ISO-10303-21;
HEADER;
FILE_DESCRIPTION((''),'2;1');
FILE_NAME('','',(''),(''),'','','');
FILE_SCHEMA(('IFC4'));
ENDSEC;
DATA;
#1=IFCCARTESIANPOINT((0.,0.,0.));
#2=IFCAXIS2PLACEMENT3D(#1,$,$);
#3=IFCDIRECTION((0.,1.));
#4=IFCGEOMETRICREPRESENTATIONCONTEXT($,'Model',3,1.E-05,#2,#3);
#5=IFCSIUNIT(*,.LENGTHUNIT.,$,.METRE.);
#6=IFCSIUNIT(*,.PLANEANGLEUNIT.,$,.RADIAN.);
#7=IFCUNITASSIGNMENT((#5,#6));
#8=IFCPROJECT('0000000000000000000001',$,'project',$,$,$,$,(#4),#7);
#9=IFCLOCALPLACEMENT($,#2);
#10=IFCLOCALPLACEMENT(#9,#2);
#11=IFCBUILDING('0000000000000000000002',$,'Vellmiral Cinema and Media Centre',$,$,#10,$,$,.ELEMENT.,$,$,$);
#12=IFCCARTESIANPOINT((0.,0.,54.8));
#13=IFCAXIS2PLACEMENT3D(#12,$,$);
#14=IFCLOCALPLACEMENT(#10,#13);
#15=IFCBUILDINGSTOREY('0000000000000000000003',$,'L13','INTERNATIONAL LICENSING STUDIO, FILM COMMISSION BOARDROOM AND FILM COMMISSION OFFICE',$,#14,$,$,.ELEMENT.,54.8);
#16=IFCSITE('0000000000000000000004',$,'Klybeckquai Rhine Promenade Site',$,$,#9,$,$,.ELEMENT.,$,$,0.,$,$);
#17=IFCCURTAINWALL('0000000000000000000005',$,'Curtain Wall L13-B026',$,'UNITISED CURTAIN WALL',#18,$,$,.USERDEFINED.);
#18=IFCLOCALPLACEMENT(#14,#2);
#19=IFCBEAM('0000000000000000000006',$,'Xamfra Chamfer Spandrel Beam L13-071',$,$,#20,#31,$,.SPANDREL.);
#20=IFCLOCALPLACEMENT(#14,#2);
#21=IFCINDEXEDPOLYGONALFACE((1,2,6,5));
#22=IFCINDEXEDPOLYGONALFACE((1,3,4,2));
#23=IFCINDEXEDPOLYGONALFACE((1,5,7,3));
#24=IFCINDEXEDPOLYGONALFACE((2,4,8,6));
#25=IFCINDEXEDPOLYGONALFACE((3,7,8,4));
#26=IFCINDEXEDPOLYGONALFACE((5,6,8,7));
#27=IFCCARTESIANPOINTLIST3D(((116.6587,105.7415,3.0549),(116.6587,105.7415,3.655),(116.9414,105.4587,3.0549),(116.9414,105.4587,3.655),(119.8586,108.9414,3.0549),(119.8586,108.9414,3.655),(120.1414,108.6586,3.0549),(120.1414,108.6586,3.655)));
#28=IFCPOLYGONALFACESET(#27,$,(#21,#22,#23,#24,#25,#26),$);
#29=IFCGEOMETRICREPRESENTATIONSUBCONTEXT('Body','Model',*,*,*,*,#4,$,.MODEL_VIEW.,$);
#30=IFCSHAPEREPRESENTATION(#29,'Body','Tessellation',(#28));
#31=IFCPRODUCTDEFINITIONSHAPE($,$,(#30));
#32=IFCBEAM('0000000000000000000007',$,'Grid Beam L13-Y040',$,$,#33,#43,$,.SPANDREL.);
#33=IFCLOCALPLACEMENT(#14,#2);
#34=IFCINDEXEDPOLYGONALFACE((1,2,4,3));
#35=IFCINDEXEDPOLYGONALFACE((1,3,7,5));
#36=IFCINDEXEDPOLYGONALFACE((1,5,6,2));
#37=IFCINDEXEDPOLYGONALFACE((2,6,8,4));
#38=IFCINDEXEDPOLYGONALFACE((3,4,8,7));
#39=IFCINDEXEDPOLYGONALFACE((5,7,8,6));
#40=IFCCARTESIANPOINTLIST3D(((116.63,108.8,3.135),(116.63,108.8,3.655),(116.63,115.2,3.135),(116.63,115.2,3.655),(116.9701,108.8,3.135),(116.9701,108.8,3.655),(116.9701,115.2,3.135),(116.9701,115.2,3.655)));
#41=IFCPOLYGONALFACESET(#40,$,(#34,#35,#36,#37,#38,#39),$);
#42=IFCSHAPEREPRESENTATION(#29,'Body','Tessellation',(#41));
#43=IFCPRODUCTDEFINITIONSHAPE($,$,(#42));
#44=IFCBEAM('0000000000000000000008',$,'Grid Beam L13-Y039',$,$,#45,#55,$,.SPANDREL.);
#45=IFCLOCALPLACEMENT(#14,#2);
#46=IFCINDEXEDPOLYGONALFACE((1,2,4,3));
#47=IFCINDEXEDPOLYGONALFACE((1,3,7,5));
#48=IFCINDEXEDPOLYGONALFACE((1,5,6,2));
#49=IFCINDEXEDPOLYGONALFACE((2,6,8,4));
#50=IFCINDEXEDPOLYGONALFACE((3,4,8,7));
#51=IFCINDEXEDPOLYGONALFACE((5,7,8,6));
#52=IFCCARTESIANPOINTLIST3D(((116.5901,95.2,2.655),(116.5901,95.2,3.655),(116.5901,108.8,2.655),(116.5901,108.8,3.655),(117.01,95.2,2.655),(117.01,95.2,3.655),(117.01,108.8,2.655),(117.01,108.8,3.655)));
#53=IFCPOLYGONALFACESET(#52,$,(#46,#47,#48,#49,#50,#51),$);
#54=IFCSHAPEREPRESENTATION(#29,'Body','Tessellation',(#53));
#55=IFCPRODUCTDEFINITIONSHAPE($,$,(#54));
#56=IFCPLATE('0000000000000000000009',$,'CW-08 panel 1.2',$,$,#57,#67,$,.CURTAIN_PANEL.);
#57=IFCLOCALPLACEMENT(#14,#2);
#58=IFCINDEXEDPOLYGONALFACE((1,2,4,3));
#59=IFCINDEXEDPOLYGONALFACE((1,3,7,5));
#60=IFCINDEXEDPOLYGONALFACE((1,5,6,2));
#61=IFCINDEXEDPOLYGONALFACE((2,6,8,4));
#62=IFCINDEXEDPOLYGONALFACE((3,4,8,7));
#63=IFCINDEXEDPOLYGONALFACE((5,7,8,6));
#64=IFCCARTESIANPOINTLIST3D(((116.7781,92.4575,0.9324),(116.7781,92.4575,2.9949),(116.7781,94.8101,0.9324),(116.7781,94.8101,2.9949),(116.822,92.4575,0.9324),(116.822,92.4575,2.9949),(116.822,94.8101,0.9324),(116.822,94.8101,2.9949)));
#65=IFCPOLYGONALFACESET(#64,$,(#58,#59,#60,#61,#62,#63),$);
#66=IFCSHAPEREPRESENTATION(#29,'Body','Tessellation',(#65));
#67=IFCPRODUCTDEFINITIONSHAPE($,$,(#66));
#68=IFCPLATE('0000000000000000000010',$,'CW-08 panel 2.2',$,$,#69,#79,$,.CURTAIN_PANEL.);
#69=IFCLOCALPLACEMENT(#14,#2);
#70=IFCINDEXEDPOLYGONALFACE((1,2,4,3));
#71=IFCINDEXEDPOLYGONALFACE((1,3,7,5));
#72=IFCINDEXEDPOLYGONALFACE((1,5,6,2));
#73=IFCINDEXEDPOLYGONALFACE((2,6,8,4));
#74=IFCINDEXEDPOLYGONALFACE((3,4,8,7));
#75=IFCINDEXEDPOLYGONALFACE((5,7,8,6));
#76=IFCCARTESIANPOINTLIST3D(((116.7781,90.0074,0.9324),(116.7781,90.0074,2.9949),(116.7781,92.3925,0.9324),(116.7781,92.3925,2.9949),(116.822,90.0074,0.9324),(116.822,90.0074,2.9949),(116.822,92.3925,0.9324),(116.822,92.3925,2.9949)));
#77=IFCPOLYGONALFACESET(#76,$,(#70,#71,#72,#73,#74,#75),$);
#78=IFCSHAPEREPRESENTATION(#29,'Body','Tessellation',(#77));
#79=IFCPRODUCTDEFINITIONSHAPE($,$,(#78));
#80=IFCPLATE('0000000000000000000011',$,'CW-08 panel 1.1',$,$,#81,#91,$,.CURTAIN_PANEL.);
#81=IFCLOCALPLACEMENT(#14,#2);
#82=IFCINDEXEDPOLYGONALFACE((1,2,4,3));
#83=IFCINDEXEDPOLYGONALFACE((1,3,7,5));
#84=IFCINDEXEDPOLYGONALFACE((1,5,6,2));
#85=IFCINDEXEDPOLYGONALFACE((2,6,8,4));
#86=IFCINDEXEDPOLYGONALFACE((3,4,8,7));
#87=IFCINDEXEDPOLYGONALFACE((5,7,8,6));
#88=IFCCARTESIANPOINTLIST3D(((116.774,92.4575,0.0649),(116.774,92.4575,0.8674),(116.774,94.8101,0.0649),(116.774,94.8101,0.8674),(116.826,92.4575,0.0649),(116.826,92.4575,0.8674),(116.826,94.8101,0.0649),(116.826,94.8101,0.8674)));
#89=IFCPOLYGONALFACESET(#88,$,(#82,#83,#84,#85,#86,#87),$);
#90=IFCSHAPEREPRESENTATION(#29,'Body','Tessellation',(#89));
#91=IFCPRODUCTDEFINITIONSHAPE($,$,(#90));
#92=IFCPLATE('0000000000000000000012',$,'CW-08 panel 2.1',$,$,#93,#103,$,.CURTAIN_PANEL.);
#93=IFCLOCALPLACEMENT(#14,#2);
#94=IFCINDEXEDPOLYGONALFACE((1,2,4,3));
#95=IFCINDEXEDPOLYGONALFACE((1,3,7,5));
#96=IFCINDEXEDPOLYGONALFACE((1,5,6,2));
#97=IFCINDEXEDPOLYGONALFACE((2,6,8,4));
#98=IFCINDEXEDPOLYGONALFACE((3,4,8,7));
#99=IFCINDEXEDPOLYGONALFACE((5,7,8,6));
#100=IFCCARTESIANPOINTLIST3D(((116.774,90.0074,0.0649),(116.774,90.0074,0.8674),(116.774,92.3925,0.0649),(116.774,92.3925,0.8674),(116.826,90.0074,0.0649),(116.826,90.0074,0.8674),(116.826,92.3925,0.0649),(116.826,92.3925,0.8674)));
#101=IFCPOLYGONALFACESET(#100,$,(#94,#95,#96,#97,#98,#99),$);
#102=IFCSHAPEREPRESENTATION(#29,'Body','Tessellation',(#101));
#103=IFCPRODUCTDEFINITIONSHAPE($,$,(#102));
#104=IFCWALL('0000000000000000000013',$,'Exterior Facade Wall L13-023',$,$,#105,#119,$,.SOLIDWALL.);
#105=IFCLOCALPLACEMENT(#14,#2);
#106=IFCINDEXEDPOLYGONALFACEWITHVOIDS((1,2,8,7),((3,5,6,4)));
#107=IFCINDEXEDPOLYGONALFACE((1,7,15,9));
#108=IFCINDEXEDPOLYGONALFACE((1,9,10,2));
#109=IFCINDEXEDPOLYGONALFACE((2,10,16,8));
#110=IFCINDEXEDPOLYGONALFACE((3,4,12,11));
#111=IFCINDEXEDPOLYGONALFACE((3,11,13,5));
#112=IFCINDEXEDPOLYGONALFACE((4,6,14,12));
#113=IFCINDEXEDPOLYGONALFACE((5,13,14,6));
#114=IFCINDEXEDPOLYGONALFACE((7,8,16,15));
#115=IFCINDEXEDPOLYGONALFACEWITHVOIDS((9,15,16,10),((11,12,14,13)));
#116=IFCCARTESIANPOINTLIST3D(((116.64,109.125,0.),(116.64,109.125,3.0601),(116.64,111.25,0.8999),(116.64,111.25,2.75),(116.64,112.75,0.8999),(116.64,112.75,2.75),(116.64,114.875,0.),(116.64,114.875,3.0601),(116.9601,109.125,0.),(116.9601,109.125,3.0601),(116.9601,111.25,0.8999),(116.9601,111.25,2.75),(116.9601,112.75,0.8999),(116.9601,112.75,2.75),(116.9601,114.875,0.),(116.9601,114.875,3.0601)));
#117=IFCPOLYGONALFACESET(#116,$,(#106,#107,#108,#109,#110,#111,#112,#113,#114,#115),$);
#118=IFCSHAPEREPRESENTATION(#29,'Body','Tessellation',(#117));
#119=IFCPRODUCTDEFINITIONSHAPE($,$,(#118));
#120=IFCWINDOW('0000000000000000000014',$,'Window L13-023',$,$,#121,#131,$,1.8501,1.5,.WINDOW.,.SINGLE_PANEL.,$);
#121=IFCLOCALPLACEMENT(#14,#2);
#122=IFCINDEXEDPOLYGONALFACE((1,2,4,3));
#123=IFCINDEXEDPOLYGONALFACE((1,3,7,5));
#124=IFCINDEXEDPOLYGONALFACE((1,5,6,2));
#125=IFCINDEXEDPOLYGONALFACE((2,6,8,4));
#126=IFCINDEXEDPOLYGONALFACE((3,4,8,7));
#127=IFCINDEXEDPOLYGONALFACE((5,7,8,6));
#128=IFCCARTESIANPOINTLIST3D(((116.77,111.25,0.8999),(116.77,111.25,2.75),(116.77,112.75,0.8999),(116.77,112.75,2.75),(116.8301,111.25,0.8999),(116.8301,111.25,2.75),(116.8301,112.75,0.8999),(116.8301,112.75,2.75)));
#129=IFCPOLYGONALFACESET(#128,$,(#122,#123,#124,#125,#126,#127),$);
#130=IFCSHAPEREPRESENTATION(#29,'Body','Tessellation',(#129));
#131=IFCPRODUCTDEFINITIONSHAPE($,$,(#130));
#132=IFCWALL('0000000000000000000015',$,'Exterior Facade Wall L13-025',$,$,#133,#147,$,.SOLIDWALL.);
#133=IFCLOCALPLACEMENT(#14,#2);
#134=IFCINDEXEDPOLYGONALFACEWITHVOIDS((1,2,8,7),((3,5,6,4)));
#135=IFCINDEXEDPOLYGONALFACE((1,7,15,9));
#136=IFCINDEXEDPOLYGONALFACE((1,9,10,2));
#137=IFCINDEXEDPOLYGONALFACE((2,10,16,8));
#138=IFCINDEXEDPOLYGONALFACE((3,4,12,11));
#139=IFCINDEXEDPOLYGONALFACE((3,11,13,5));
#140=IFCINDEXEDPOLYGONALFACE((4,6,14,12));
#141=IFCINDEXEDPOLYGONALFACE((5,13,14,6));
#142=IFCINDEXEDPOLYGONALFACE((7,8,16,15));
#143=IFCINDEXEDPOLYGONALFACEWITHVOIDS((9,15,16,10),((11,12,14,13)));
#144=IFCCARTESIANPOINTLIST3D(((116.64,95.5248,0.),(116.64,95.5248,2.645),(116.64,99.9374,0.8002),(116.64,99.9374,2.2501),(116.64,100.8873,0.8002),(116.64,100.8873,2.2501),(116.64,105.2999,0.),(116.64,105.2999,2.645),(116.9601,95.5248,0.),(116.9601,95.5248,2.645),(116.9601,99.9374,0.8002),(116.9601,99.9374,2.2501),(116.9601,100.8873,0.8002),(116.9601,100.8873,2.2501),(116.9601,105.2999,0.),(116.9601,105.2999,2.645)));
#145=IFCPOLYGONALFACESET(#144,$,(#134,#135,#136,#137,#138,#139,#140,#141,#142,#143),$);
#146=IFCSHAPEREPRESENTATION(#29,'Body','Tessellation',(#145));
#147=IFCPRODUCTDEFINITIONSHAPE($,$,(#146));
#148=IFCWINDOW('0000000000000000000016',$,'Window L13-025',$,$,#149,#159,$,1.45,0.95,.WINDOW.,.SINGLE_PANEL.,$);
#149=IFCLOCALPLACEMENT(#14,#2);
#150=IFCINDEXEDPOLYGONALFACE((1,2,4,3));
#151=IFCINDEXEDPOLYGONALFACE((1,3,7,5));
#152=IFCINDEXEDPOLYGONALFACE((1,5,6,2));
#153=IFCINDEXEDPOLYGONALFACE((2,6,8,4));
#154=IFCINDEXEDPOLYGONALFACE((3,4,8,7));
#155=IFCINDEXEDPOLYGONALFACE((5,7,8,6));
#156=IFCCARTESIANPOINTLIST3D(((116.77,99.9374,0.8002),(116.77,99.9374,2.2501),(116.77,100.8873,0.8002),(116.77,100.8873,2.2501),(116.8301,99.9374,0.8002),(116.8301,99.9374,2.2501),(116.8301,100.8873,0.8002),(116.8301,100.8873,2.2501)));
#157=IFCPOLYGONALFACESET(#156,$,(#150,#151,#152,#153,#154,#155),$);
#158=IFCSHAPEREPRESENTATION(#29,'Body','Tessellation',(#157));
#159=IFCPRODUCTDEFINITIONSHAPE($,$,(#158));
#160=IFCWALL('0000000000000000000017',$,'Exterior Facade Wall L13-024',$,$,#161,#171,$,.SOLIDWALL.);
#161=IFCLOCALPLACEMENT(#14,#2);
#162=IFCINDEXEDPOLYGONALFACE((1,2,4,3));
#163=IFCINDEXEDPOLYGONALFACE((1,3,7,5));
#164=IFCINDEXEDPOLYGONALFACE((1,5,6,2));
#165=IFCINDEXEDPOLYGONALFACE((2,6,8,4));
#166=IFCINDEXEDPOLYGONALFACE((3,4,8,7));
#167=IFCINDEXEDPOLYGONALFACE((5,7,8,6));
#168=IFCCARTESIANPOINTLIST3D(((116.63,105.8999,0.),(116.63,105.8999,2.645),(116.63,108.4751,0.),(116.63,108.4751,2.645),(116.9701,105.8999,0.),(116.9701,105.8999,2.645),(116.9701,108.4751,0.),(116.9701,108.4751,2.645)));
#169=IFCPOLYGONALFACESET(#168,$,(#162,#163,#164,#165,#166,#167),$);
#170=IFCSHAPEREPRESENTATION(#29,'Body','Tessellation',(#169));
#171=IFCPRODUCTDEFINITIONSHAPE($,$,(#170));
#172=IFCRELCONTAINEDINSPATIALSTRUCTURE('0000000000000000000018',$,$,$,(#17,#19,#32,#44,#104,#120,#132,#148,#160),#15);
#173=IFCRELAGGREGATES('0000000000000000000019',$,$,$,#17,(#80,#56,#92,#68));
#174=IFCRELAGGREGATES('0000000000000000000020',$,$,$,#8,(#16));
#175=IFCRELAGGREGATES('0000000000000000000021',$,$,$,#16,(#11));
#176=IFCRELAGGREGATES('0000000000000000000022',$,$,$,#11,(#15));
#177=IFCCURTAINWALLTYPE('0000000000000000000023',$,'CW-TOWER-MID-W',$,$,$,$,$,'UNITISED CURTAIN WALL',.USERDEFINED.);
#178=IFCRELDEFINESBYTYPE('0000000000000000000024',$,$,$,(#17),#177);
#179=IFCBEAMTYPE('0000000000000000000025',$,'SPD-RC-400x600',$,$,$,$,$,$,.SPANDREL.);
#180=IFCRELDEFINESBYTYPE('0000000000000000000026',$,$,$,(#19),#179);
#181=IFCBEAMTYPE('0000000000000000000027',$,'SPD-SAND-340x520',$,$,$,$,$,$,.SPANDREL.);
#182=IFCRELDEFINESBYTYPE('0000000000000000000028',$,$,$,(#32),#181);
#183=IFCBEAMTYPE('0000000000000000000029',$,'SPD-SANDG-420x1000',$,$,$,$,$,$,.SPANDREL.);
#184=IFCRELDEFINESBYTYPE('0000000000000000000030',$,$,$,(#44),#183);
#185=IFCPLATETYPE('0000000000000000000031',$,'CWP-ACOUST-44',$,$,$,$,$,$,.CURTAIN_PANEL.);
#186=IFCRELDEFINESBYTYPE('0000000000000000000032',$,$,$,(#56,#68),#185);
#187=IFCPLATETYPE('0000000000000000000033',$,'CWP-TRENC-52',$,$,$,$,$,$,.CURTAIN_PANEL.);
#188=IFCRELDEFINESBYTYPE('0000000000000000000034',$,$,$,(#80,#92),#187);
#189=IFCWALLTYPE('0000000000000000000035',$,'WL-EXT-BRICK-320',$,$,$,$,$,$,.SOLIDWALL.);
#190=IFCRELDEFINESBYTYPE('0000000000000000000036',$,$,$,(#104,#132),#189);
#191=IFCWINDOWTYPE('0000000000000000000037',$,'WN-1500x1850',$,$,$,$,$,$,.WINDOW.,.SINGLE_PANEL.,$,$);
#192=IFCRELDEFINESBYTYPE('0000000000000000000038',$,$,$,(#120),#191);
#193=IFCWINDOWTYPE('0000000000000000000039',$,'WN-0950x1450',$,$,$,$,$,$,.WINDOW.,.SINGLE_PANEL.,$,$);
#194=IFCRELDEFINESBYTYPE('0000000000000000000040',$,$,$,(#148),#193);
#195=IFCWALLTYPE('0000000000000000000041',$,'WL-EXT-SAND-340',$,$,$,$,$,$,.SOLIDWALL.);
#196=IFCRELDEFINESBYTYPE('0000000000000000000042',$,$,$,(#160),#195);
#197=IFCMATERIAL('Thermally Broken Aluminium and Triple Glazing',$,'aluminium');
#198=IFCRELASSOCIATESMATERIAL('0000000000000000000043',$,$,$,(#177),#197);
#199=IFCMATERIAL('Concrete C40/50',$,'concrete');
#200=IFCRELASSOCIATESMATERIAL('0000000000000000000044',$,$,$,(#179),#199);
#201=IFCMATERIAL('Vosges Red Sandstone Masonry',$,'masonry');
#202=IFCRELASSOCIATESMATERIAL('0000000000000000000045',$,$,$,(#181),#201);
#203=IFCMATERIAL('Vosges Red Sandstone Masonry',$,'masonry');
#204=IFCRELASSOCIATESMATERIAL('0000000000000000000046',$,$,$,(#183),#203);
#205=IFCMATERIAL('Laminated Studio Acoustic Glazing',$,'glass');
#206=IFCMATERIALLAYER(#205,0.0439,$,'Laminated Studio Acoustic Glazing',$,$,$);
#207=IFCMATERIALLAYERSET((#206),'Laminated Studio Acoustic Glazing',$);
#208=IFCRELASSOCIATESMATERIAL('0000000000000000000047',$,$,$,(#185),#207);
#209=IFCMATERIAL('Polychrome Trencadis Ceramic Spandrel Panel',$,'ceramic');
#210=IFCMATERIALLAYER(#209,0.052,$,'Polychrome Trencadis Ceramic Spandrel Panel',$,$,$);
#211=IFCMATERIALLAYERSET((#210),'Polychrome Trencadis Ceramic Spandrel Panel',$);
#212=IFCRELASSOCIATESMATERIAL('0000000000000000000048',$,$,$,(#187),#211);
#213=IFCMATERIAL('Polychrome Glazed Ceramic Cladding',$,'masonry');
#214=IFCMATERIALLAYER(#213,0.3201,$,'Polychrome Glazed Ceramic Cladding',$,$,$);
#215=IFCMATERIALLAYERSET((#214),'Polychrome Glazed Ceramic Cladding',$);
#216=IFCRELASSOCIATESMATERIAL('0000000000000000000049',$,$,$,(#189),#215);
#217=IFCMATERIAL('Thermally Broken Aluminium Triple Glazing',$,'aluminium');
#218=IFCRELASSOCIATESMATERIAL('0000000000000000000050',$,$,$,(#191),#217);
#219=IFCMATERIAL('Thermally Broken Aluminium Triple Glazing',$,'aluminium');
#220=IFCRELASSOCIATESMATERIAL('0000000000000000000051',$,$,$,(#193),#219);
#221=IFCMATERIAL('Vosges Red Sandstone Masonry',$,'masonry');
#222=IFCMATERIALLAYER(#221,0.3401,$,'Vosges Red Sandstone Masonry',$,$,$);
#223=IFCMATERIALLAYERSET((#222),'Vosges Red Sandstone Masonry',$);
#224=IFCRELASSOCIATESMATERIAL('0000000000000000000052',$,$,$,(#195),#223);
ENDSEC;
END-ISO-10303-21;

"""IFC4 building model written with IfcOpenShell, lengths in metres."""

from ifc_helpers import new_model, si_unit, direction, frame, frame_2d, origin, origin_2d, place, context, subcontext, project, spatial, rectangle, extrude, material, layer, layer_set, material_profile, profile_set, type_object, element, fill, aggregate, save


model = new_model("IFC4")

# Units and contexts
model_context = context("Model", 3, precision=1e-05, world=origin(), true_north=direction((0.0, 1.0)))
body_context = subcontext(model_context, "Body", "Model", "MODEL_VIEW")
ifc_project = project(units=[si_unit("LENGTHUNIT", "METRE"), si_unit("PLANEANGLEUNIT", "RADIAN")], contexts=[model_context])

# Site, building, storey
site_placement = place(None, origin())
site = spatial("IfcSite", under=ifc_project, at=site_placement, Name="Klybeckquai Rhine Promenade Site", CompositionType="ELEMENT", RefElevation=0.0)
building_placement = place(site_placement, origin())
building = spatial("IfcBuilding", under=site, at=building_placement, Name="Vellmiral Cinema and Media Centre", CompositionType="ELEMENT")
storey_placement = place(building_placement, frame((0.0, 0.0, 54.8)))
storey = spatial("IfcBuildingStorey", under=building, at=storey_placement, Name="L13", Description="INTERNATIONAL LICENSING STUDIO, FILM COMMISSION BOARDROOM AND FILM COMMISSION OFFICE", CompositionType="ELEMENT", Elevation=54.8)

# Curtain wall
ifc_material_1 = material(Name="Thermally Broken Aluminium and Triple Glazing", Category="aluminium")
curtain_wall_type = type_object("IfcCurtainWallType", Name="CW-TOWER-MID-W", ElementType="UNITISED CURTAIN WALL", PredefinedType="USERDEFINED", material=ifc_material_1)
curtain_wall_placement = place(storey_placement, origin())
curtain_wall = element("IfcCurtainWall", 1, at=curtain_wall_placement, inside=storey, type_object=curtain_wall_type, Name="Curtain Wall L13-B026", ObjectType="UNITISED CURTAIN WALL", PredefinedType="USERDEFINED")

# Beams
ifc_material_2 = material(Name="Concrete C40/50", Category="concrete")
ifc_material_profile_1 = material_profile(ifc_material_2, rectangle(XDim=0.3999, YDim=0.6001, at=origin_2d()), Name="RC 400x600")
ifc_profile_set_1 = profile_set([ifc_material_profile_1], Name="Concrete C40/50")
beam_type_1 = type_object("IfcBeamType", Name="SPD-RC-400x600", PredefinedType="SPANDREL", material=ifc_profile_set_1)
for number, where, z_axis, x_axis, name in (
    (2, (116.8, 105.6001, 3.355), (0.707107, 0.707107, 0.0), (-0.707107, 0.707107, 0.0), "Xamfra Chamfer Spandrel Beam L13-071"),
):
    element("IfcBeam", number, at=place(storey_placement, frame(where, z_axis=z_axis, x_axis=x_axis)), inside=storey, type_object=beam_type_1, Name=name, PredefinedType="SPANDREL", context=body_context, shape_type="SweptSolid", body=[
        extrude(rectangle(XDim=0.3999, YDim=0.6001, at=origin_2d()), origin(), (0.0, 0.0, 1.0), 4.5254),
    ])
ifc_material_3 = material(Name="Vosges Red Sandstone Masonry", Category="masonry")
ifc_material_profile_2 = material_profile(ifc_material_3, rectangle(XDim=0.3401, YDim=0.52, at=origin_2d()), Name="SAND 340x520")
ifc_profile_set_2 = profile_set([ifc_material_profile_2], Name="Vosges Red Sandstone Masonry")
beam_type_2 = type_object("IfcBeamType", Name="SPD-SAND-340x520", PredefinedType="SPANDREL", material=ifc_profile_set_2)
beam_1_placement = place(storey_placement, frame((116.8, 108.8, 3.395), z_axis=(0.0, 1.0, 0.0), x_axis=(-1.0, 0.0, 0.0)))
element("IfcBeam", 3, at=beam_1_placement, inside=storey, type_object=beam_type_2, Name="Grid Beam L13-Y040", PredefinedType="SPANDREL", context=body_context, shape_type="SweptSolid", body=[
    extrude(rectangle(XDim=0.3401, YDim=0.52, at=origin_2d()), origin(), (0.0, 0.0, 1.0), 6.3999),
])
ifc_material_4 = material(Name="Vosges Red Sandstone Masonry", Category="masonry")
ifc_material_profile_3 = material_profile(ifc_material_4, rectangle(XDim=0.4199, YDim=1.0, at=origin_2d()), Name="SAND 420x1000")
ifc_profile_set_3 = profile_set([ifc_material_profile_3], Name="Vosges Red Sandstone Masonry")
beam_type_3 = type_object("IfcBeamType", Name="SPD-SANDG-420x1000", PredefinedType="SPANDREL", material=ifc_profile_set_3)
beam_2_placement = place(storey_placement, frame((116.8, 95.2, 3.155), z_axis=(0.0, 1.0, 0.0), x_axis=(-1.0, 0.0, 0.0)))
element("IfcBeam", 4, at=beam_2_placement, inside=storey, type_object=beam_type_3, Name="Grid Beam L13-Y039", PredefinedType="SPANDREL", context=body_context, shape_type="SweptSolid", body=[
    extrude(rectangle(XDim=0.4199, YDim=1.0, at=origin_2d()), origin(), (0.0, 0.0, 1.0), 13.6001),
])

# Plates
ifc_material_5 = material(Name="Laminated Studio Acoustic Glazing", Category="glass")
ifc_layer_1 = layer(ifc_material_5, 0.0439, Name="Laminated Studio Acoustic Glazing")
ifc_layer_set_1 = layer_set([ifc_layer_1], Name="Laminated Studio Acoustic Glazing")
plate_type_1 = type_object("IfcPlateType", Name="CWP-ACOUST-44", PredefinedType="CURTAIN_PANEL", material=ifc_layer_set_1)
plate_1_placement = place(storey_placement, frame((116.8, 93.6338, 0.9324), z_axis=(0.0, 0.0, 1.0), x_axis=(0.0, -1.0, 0.0)))
plate_1 = element("IfcPlate", 5, at=plate_1_placement, type_object=plate_type_1, Name="CW-08 panel 1.2", PredefinedType="CURTAIN_PANEL", context=body_context, shape_type="SweptSolid", body=[
    extrude(rectangle(XDim=2.3525, YDim=0.0439, at=origin_2d()), origin(), (0.0, 0.0, 1.0), 2.0625),
])
plate_2_placement = place(storey_placement, frame((116.8, 91.2, 0.9324), z_axis=(0.0, 0.0, 1.0), x_axis=(0.0, -1.0, 0.0)))
plate_2 = element("IfcPlate", 6, at=plate_2_placement, type_object=plate_type_1, Name="CW-08 panel 2.2", PredefinedType="CURTAIN_PANEL", context=body_context, shape_type="SweptSolid", body=[
    extrude(rectangle(XDim=2.385, YDim=0.0439, at=origin_2d()), origin(), (0.0, 0.0, 1.0), 2.0625),
])
ifc_material_6 = material(Name="Polychrome Trencadis Ceramic Spandrel Panel", Category="ceramic")
ifc_layer_2 = layer(ifc_material_6, 0.052, Name="Polychrome Trencadis Ceramic Spandrel Panel")
ifc_layer_set_2 = layer_set([ifc_layer_2], Name="Polychrome Trencadis Ceramic Spandrel Panel")
plate_type_2 = type_object("IfcPlateType", Name="CWP-TRENC-52", PredefinedType="CURTAIN_PANEL", material=ifc_layer_set_2)
plate_3_placement = place(storey_placement, frame((116.8, 93.6338, 0.0649), z_axis=(0.0, 0.0, 1.0), x_axis=(0.0, -1.0, 0.0)))
plate_3 = element("IfcPlate", 7, at=plate_3_placement, type_object=plate_type_2, Name="CW-08 panel 1.1", PredefinedType="CURTAIN_PANEL", context=body_context, shape_type="SweptSolid", body=[
    extrude(rectangle(XDim=2.3525, YDim=0.052, at=origin_2d()), origin(), (0.0, 0.0, 1.0), 0.8025),
])
plate_4_placement = place(storey_placement, frame((116.8, 91.2, 0.0649), z_axis=(0.0, 0.0, 1.0), x_axis=(0.0, -1.0, 0.0)))
plate_4 = element("IfcPlate", 8, at=plate_4_placement, type_object=plate_type_2, Name="CW-08 panel 2.1", PredefinedType="CURTAIN_PANEL", context=body_context, shape_type="SweptSolid", body=[
    extrude(rectangle(XDim=2.385, YDim=0.052, at=origin_2d()), origin(), (0.0, 0.0, 1.0), 0.8025),
])
aggregate(curtain_wall, [plate_3, plate_1, plate_4, plate_2])

# Walls, openings, windows
ifc_material_7 = material(Name="Polychrome Glazed Ceramic Cladding", Category="masonry")
ifc_layer_3 = layer(ifc_material_7, 0.3201, Name="Polychrome Glazed Ceramic Cladding")
ifc_layer_set_3 = layer_set([ifc_layer_3], Name="Polychrome Glazed Ceramic Cladding")
wall_type_1 = type_object("IfcWallType", Name="WL-EXT-BRICK-320", PredefinedType="SOLIDWALL", material=ifc_layer_set_3)
wall_1_placement = place(storey_placement, frame((116.8, 114.875, 0.0), z_axis=(0.0, 0.0, 1.0), x_axis=(0.0, -1.0, 0.0)))
wall_1 = element("IfcWall", 9, at=wall_1_placement, inside=storey, type_object=wall_type_1, Name="Exterior Facade Wall L13-023", PredefinedType="SOLIDWALL", context=body_context, shape_type="SweptSolid", body=[
    extrude(rectangle(XDim=5.75, YDim=0.3201, at=frame_2d((2.875, 0.0))), origin(), (0.0, 0.0, 1.0), 3.0601),
])
opening_1_placement = place(wall_1_placement, frame((2.125, 0.0, 0.8999)))
opening_1 = element("IfcOpeningElement", 10, at=opening_1_placement, cuts=wall_1, PredefinedType="OPENING", context=body_context, shape_type="SweptSolid", body=[
    extrude(rectangle(XDim=1.5, YDim=1.8501, at=frame_2d((0.75, 0.925))), frame((0.0, 0.1719, 0.0), z_axis=(0.0, -1.0, 0.0), x_axis=(1.0, 0.0, 0.0)), (0.0, 0.0, 1.0), 0.344),
])
ifc_material_8 = material(Name="Thermally Broken Aluminium Triple Glazing", Category="aluminium")
window_type_1 = type_object("IfcWindowType", Name="WN-1500x1850", PartitioningType="SINGLE_PANEL", PredefinedType="WINDOW", material=ifc_material_8)
window_1_placement = place(opening_1_placement, origin())
window_1 = element("IfcWindow", 11, at=window_1_placement, inside=storey, type_object=window_type_1, Name="Window L13-023", OverallHeight=1.8501, OverallWidth=1.5, PartitioningType="SINGLE_PANEL", PredefinedType="WINDOW", context=body_context, shape_type="SweptSolid", body=[
    extrude(rectangle(XDim=1.5, YDim=1.8501, at=frame_2d((0.75, 0.925))), frame((0.0, 0.03, 0.0), z_axis=(0.0, -1.0, 0.0), x_axis=(1.0, 0.0, 0.0)), (0.0, 0.0, 1.0), 0.0601),
])
fill(opening_1, window_1)
wall_2_placement = place(storey_placement, frame((116.8, 105.3, 0.0), z_axis=(0.0, 0.0, 1.0), x_axis=(0.0, -1.0, 0.0)))
wall_2 = element("IfcWall", 12, at=wall_2_placement, inside=storey, type_object=wall_type_1, Name="Exterior Facade Wall L13-025", PredefinedType="SOLIDWALL", context=body_context, shape_type="SweptSolid", body=[
    extrude(rectangle(XDim=9.7751, YDim=0.3201, at=frame_2d((4.8877, 0.0))), origin(), (0.0, 0.0, 1.0), 2.645),
])
opening_2_placement = place(wall_2_placement, frame((4.4126, 0.0, 0.8)))
opening_2 = element("IfcOpeningElement", 13, at=opening_2_placement, cuts=wall_2, PredefinedType="OPENING", context=body_context, shape_type="SweptSolid", body=[
    extrude(rectangle(XDim=0.95, YDim=1.45, at=frame_2d((0.4751, 0.7251))), frame((0.0, 0.1719, 0.0), z_axis=(0.0, -1.0, 0.0), x_axis=(1.0, 0.0, 0.0)), (0.0, 0.0, 1.0), 0.344),
])
ifc_material_9 = material(Name="Thermally Broken Aluminium Triple Glazing", Category="aluminium")
window_type_2 = type_object("IfcWindowType", Name="WN-0950x1450", PartitioningType="SINGLE_PANEL", PredefinedType="WINDOW", material=ifc_material_9)
window_2_placement = place(opening_2_placement, origin())
window_2 = element("IfcWindow", 14, at=window_2_placement, inside=storey, type_object=window_type_2, Name="Window L13-025", OverallHeight=1.45, OverallWidth=0.95, PartitioningType="SINGLE_PANEL", PredefinedType="WINDOW", context=body_context, shape_type="SweptSolid", body=[
    extrude(rectangle(XDim=0.95, YDim=1.45, at=frame_2d((0.4751, 0.7251))), frame((0.0, 0.03, 0.0), z_axis=(0.0, -1.0, 0.0), x_axis=(1.0, 0.0, 0.0)), (0.0, 0.0, 1.0), 0.0601),
])
fill(opening_2, window_2)

# Wall
ifc_material_10 = material(Name="Vosges Red Sandstone Masonry", Category="masonry")
ifc_layer_4 = layer(ifc_material_10, 0.3401, Name="Vosges Red Sandstone Masonry")
ifc_layer_set_4 = layer_set([ifc_layer_4], Name="Vosges Red Sandstone Masonry")
wall_type_2 = type_object("IfcWallType", Name="WL-EXT-SAND-340", PredefinedType="SOLIDWALL", material=ifc_layer_set_4)
wall_3_placement = place(storey_placement, frame((116.8, 108.4751, 0.0), z_axis=(0.0, 0.0, 1.0), x_axis=(0.0, -1.0, 0.0)))
element("IfcWall", 15, at=wall_3_placement, inside=storey, type_object=wall_type_2, Name="Exterior Facade Wall L13-024", PredefinedType="SOLIDWALL", context=body_context, shape_type="SweptSolid", body=[
    extrude(rectangle(XDim=2.5752, YDim=0.3401, at=frame_2d((1.2876, 0.0))), origin(), (0.0, 0.0, 1.0), 2.645),
])

save(model, "model.ifc")
